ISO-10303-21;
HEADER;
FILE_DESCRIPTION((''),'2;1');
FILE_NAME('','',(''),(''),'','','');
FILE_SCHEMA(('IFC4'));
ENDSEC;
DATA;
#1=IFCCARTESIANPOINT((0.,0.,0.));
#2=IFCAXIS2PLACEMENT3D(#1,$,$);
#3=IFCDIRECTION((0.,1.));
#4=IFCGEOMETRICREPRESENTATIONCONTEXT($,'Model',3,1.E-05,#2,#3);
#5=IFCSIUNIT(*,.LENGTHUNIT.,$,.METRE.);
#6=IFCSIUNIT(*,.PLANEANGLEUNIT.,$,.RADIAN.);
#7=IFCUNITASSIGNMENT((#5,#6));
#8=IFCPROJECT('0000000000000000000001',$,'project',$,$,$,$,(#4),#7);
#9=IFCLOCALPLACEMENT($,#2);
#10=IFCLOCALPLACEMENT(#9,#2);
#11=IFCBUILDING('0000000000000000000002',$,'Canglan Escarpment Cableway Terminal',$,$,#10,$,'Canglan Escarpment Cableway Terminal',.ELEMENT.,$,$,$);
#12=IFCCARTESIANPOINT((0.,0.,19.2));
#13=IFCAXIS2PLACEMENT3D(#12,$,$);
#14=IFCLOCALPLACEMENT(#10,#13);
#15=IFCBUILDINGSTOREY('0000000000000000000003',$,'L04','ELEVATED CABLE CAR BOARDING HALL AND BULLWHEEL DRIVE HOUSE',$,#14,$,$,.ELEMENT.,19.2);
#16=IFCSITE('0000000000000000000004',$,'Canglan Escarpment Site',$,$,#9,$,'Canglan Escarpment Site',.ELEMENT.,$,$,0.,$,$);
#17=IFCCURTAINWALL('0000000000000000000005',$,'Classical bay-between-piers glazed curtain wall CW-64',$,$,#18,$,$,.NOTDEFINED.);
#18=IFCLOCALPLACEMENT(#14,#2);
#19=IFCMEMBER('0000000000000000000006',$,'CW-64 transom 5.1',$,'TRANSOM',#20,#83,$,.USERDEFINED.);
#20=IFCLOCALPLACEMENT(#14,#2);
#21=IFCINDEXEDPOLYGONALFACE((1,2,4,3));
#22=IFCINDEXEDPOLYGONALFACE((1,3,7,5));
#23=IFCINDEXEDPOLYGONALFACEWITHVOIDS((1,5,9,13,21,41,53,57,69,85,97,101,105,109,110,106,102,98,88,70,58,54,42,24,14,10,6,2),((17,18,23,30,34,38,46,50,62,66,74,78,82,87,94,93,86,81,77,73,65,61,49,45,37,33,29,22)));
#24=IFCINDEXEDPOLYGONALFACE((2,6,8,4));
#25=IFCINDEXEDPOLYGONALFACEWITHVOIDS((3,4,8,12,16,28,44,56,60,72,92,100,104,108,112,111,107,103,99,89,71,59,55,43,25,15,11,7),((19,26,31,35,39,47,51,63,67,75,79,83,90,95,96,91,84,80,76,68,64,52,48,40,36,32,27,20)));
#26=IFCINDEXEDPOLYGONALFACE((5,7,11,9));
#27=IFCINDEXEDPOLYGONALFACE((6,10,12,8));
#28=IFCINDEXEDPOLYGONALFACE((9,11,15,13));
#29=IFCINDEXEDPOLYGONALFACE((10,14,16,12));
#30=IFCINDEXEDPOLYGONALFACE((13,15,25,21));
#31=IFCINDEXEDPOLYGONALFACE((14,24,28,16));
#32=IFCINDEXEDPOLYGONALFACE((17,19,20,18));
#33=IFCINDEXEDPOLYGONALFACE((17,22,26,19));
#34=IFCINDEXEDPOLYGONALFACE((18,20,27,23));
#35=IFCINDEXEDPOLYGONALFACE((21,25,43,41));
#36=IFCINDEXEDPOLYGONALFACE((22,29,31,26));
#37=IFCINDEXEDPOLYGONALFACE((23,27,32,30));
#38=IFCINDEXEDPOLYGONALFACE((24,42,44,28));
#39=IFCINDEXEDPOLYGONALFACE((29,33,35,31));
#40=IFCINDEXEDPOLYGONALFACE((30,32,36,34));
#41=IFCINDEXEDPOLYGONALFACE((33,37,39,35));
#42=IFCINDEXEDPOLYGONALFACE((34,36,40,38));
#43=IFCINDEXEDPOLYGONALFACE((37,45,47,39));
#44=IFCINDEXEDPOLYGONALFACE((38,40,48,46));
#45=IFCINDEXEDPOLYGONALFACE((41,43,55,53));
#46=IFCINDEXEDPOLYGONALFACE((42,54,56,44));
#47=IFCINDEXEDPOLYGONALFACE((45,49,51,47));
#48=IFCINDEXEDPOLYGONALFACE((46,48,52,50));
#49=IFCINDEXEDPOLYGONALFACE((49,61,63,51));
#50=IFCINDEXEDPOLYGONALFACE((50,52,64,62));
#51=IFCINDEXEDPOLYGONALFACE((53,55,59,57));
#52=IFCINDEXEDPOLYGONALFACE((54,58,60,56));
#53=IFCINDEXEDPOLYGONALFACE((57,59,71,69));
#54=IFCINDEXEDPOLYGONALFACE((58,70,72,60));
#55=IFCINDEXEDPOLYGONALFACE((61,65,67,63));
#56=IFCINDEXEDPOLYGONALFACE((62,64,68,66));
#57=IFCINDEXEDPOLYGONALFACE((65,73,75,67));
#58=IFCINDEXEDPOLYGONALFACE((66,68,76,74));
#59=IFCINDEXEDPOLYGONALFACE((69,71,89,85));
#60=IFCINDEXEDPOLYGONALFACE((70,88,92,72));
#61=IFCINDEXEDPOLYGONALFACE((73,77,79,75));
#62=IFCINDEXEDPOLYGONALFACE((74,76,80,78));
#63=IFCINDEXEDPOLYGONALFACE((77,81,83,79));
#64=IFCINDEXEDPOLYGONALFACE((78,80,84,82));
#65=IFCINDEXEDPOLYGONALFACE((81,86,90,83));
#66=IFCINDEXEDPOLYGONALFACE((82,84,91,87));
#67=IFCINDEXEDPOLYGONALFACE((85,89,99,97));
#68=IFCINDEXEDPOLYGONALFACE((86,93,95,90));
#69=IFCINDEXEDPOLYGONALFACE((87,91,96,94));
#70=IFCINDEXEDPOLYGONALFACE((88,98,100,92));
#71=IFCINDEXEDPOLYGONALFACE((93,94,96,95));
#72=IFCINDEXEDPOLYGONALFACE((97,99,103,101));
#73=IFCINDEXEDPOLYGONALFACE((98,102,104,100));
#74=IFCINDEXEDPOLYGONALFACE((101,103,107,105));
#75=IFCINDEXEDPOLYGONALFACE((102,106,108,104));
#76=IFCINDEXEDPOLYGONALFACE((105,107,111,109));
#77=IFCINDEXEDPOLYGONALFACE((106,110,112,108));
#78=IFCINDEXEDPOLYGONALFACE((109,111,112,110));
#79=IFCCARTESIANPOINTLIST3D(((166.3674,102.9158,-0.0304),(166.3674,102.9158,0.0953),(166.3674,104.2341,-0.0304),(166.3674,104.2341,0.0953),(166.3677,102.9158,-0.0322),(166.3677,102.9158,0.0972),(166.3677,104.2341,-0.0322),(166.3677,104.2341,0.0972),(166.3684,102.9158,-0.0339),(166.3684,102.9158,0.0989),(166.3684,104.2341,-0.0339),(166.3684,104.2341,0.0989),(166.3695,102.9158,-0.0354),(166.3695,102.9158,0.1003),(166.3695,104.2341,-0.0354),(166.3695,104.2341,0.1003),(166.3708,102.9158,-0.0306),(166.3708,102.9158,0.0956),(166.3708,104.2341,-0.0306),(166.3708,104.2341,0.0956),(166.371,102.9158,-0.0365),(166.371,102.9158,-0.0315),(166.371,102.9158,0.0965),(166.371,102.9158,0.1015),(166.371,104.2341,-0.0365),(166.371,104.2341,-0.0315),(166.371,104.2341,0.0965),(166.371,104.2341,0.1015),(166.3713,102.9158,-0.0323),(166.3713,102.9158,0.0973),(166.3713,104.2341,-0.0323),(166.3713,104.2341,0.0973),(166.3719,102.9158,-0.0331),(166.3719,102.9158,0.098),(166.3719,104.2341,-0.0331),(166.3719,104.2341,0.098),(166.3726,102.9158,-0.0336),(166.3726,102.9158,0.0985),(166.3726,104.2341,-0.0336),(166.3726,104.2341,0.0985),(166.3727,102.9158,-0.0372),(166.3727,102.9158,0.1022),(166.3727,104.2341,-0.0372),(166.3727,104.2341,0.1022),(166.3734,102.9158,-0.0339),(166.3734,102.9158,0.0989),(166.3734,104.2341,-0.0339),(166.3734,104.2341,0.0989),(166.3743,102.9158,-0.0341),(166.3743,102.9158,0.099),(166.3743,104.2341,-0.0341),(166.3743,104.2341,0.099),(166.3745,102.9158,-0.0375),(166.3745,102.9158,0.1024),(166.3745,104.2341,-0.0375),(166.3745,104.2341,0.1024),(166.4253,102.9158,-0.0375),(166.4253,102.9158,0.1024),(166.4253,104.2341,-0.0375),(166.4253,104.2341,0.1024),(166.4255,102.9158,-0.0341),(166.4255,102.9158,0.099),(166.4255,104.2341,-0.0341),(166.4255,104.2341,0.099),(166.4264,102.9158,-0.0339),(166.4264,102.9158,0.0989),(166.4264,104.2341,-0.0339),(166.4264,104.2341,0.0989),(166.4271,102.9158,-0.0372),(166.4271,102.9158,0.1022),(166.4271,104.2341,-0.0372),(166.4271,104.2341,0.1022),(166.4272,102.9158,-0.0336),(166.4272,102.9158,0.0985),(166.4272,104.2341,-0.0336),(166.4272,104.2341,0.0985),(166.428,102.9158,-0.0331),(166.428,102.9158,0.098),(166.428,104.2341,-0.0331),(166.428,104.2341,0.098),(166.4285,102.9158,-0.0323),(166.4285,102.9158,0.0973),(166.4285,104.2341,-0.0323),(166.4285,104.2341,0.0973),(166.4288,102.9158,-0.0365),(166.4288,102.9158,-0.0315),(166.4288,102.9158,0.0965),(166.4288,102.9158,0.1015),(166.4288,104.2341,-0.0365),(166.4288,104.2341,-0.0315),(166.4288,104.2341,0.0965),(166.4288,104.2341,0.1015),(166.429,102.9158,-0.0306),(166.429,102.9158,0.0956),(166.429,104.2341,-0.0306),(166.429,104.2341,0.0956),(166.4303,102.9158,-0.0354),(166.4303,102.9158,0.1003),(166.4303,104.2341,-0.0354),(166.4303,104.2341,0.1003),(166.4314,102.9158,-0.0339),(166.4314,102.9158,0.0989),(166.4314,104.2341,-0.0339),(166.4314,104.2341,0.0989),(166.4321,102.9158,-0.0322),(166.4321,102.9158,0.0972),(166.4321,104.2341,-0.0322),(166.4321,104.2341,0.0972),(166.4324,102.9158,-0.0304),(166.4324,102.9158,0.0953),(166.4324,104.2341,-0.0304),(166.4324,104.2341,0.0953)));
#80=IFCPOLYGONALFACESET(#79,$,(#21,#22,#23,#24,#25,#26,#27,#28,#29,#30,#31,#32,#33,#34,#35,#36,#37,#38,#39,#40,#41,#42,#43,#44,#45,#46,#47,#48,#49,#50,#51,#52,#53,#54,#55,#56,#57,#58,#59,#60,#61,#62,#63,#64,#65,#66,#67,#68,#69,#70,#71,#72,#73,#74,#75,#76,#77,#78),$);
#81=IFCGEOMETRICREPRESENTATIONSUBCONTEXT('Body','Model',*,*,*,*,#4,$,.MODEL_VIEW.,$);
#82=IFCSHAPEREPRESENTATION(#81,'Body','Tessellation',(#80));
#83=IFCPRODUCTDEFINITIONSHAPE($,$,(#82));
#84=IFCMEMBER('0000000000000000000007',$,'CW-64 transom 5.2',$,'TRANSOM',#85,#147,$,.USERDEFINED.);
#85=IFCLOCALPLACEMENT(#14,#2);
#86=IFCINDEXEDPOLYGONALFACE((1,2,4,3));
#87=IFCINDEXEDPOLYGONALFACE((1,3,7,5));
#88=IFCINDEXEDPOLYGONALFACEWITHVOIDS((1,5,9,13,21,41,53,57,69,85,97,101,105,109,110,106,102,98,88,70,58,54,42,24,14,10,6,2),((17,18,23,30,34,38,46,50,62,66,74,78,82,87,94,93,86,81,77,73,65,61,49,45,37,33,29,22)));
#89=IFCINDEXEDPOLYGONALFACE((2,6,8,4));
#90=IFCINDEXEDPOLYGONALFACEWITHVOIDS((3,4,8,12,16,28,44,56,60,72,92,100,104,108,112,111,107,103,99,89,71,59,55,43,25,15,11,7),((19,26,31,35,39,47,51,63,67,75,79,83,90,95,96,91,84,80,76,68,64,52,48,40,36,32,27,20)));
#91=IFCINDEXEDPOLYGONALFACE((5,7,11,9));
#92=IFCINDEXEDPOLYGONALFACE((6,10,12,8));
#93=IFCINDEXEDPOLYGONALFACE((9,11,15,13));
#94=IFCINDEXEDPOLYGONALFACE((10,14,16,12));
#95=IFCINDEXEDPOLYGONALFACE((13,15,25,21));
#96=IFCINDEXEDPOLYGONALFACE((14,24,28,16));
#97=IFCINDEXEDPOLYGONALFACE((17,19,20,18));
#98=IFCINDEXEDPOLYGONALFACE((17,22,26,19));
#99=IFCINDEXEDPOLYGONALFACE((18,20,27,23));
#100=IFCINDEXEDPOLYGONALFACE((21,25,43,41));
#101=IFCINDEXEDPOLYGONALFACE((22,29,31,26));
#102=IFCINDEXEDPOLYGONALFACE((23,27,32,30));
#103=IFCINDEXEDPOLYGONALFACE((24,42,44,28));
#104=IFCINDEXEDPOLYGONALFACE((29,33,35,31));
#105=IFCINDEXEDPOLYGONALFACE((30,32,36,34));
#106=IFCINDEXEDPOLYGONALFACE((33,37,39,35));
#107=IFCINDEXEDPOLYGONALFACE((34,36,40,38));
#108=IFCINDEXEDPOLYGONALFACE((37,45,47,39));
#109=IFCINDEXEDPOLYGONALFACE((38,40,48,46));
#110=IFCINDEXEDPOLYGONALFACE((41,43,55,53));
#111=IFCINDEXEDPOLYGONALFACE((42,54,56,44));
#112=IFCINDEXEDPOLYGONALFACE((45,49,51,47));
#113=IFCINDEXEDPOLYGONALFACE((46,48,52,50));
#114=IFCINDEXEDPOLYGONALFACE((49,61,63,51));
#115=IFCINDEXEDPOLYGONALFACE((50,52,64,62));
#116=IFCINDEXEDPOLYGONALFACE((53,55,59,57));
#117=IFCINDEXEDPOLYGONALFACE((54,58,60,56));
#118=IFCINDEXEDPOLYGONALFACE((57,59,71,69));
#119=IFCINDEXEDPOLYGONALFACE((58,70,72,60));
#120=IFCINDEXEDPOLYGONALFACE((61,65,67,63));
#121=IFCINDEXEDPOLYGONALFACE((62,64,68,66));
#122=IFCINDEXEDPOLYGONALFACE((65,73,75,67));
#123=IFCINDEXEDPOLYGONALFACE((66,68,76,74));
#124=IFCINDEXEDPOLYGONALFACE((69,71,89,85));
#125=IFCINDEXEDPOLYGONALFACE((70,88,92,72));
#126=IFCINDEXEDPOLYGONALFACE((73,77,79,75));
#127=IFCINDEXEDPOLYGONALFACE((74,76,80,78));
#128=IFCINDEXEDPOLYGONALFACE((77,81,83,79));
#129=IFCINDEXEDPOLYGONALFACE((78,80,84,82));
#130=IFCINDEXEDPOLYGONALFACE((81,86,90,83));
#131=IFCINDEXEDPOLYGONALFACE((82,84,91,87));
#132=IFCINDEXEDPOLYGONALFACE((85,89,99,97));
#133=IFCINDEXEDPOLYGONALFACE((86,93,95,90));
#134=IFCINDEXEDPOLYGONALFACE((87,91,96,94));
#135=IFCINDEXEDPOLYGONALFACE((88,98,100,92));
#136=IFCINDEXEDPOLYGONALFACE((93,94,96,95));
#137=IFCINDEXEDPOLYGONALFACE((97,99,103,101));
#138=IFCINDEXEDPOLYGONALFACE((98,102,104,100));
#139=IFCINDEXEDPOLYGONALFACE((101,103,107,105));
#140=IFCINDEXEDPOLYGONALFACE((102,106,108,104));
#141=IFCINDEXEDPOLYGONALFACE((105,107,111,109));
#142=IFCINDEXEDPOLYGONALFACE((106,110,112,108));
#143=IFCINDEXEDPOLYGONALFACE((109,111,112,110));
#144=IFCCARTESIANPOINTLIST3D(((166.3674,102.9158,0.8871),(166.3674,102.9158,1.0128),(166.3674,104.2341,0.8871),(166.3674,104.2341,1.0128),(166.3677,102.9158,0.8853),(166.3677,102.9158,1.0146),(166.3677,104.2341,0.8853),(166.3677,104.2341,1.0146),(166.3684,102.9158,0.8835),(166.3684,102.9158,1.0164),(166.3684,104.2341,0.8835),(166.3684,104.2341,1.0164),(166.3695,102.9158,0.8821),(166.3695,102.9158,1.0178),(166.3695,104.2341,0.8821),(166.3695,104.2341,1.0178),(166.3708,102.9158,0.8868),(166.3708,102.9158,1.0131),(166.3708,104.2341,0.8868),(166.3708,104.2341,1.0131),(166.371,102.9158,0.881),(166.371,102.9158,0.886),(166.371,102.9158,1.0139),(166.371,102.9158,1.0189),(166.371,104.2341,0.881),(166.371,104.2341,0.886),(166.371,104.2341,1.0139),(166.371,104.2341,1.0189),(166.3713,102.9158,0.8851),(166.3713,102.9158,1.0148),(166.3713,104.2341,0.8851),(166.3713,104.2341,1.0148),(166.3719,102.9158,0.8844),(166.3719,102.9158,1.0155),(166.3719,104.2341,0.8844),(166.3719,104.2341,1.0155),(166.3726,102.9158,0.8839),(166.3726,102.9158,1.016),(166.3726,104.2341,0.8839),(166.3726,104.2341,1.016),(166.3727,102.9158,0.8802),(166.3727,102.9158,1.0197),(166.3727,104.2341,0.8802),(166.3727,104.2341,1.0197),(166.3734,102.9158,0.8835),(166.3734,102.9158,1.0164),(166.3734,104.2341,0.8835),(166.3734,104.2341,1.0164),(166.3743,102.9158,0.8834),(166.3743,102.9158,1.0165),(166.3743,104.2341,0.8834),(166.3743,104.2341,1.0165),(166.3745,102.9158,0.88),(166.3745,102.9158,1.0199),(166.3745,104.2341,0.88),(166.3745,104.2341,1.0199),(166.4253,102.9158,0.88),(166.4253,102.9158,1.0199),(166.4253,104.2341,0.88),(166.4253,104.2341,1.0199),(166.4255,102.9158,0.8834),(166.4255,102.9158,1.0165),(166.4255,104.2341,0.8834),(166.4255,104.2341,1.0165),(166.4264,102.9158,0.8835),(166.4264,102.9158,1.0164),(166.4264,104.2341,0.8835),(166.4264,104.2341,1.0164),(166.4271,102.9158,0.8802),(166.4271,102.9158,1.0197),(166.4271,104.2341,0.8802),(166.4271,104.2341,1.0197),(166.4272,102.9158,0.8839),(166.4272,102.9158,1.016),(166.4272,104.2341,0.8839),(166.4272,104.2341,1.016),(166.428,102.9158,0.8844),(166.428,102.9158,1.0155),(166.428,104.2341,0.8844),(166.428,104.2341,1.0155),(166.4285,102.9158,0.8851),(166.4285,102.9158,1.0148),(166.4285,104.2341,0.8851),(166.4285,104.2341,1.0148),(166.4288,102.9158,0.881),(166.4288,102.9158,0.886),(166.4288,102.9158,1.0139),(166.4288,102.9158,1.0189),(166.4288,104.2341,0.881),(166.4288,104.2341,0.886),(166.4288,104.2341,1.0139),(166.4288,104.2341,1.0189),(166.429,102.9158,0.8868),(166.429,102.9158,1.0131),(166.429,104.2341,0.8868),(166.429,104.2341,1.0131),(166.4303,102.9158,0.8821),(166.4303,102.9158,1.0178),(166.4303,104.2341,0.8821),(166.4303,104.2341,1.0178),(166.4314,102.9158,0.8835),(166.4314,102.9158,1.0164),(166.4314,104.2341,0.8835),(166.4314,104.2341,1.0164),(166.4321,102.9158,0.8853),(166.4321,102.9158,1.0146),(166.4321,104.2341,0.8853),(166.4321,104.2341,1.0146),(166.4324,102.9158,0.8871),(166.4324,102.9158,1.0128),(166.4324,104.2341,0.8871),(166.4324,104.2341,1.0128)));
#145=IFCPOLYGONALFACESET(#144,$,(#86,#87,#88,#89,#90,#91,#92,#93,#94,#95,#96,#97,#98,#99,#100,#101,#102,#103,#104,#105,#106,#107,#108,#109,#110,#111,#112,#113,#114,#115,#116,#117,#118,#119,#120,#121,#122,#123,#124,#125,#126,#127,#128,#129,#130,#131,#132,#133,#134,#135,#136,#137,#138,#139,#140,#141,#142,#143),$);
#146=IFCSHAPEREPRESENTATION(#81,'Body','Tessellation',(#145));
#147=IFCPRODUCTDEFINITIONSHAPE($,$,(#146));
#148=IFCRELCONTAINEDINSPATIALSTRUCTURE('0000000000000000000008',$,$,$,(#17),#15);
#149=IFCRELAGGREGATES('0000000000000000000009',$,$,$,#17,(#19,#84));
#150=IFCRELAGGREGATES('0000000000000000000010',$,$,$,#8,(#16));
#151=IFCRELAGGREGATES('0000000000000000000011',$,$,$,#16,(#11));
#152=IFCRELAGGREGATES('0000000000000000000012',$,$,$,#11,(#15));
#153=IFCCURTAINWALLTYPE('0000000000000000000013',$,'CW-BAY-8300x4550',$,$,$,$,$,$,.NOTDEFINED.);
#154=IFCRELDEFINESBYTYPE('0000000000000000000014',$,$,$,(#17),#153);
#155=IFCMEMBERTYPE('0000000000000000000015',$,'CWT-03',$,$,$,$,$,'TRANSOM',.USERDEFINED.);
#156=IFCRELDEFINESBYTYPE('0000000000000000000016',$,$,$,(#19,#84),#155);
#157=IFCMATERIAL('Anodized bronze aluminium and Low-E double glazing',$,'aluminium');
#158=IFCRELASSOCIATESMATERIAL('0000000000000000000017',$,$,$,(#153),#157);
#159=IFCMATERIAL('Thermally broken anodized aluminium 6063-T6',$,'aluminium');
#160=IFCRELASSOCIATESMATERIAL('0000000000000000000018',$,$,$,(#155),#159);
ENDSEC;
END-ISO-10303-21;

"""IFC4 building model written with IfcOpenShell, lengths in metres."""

from ifc_helpers import new_model, si_unit, direction, frame, origin, origin_2d, place, context, subcontext, project, spatial, hollow_rectangle, extrude, material, material_profile, profile_set, type_object, element, aggregate, save


model = new_model("IFC4")

# Units and contexts
model_context = context("Model", 3, precision=1e-05, world=origin(), true_north=direction((0.0, 1.0)))
body_context = subcontext(model_context, "Body", "Model", "MODEL_VIEW")
ifc_project = project(units=[si_unit("LENGTHUNIT", "METRE"), si_unit("PLANEANGLEUNIT", "RADIAN")], contexts=[model_context])

# Site, building, storey
site_placement = place(None, origin())
site = spatial("IfcSite", under=ifc_project, at=site_placement, Name="Canglan Escarpment Site", LongName="Canglan Escarpment Site", CompositionType="ELEMENT", RefElevation=0.0)
building_placement = place(site_placement, origin())
building = spatial("IfcBuilding", under=site, at=building_placement, Name="Canglan Escarpment Cableway Terminal", LongName="Canglan Escarpment Cableway Terminal", CompositionType="ELEMENT")
storey_placement = place(building_placement, frame((0.0, 0.0, 19.2)))
storey = spatial("IfcBuildingStorey", under=building, at=storey_placement, Name="L04", Description="ELEVATED CABLE CAR BOARDING HALL AND BULLWHEEL DRIVE HOUSE", CompositionType="ELEMENT", Elevation=19.2)

# Curtain wall, members
ifc_material_1 = material(Name="Anodized bronze aluminium and Low-E double glazing", Category="aluminium")
curtain_wall_type = type_object("IfcCurtainWallType", Name="CW-BAY-8300x4550", PredefinedType="NOTDEFINED", material=ifc_material_1)
curtain_wall_placement = place(storey_placement, origin())
curtain_wall = element("IfcCurtainWall", 1, at=curtain_wall_placement, inside=storey, type_object=curtain_wall_type, Name="Classical bay-between-piers glazed curtain wall CW-64", PredefinedType="NOTDEFINED")
ifc_material_2 = material(Name="Thermally broken anodized aluminium 6063-T6", Category="aluminium")
ifc_material_profile_1 = material_profile(ifc_material_2, hollow_rectangle(XDim=0.0649, YDim=0.1399, WallThickness=0.0034, InnerFilletRadius=0.0034, OuterFilletRadius=0.0071, at=origin_2d()), Name="ALU-TRAN 65x140x3.5")
ifc_profile_set_1 = profile_set([ifc_material_profile_1], Name="Thermally broken anodized aluminium 6063-T6")
member_type_1 = type_object("IfcMemberType", Name="CWT-03", ElementType="TRANSOM", PredefinedType="USERDEFINED", material=ifc_profile_set_1)
member_1_placement = place(storey_placement, frame((166.3999, 102.9158, 0.0325), z_axis=(0.0, 1.0, 0.0), x_axis=(-1.0, 0.0, 0.0)))
member_1 = element("IfcMember", 2, at=member_1_placement, type_object=member_type_1, Name="CW-64 transom 5.1", ObjectType="TRANSOM", PredefinedType="USERDEFINED", context=body_context, shape_type="SweptSolid", body=[
    extrude(hollow_rectangle(XDim=0.0649, YDim=0.1399, WallThickness=0.0034, InnerFilletRadius=0.0034, OuterFilletRadius=0.0071, at=origin_2d()), origin(), (0.0, 0.0, 1.0), 1.3184),
])
member_2_placement = place(storey_placement, frame((166.3999, 102.9158, 0.95), z_axis=(0.0, 1.0, 0.0), x_axis=(-1.0, 0.0, 0.0)))
member_2 = element("IfcMember", 3, at=member_2_placement, type_object=member_type_1, Name="CW-64 transom 5.2", ObjectType="TRANSOM", PredefinedType="USERDEFINED", context=body_context, shape_type="SweptSolid", body=[
    extrude(hollow_rectangle(XDim=0.0649, YDim=0.1399, WallThickness=0.0034, InnerFilletRadius=0.0034, OuterFilletRadius=0.0071, at=origin_2d()), origin(), (0.0, 0.0, 1.0), 1.3184),
])
aggregate(curtain_wall, [member_1, member_2])

save(model, "model.ifc")
